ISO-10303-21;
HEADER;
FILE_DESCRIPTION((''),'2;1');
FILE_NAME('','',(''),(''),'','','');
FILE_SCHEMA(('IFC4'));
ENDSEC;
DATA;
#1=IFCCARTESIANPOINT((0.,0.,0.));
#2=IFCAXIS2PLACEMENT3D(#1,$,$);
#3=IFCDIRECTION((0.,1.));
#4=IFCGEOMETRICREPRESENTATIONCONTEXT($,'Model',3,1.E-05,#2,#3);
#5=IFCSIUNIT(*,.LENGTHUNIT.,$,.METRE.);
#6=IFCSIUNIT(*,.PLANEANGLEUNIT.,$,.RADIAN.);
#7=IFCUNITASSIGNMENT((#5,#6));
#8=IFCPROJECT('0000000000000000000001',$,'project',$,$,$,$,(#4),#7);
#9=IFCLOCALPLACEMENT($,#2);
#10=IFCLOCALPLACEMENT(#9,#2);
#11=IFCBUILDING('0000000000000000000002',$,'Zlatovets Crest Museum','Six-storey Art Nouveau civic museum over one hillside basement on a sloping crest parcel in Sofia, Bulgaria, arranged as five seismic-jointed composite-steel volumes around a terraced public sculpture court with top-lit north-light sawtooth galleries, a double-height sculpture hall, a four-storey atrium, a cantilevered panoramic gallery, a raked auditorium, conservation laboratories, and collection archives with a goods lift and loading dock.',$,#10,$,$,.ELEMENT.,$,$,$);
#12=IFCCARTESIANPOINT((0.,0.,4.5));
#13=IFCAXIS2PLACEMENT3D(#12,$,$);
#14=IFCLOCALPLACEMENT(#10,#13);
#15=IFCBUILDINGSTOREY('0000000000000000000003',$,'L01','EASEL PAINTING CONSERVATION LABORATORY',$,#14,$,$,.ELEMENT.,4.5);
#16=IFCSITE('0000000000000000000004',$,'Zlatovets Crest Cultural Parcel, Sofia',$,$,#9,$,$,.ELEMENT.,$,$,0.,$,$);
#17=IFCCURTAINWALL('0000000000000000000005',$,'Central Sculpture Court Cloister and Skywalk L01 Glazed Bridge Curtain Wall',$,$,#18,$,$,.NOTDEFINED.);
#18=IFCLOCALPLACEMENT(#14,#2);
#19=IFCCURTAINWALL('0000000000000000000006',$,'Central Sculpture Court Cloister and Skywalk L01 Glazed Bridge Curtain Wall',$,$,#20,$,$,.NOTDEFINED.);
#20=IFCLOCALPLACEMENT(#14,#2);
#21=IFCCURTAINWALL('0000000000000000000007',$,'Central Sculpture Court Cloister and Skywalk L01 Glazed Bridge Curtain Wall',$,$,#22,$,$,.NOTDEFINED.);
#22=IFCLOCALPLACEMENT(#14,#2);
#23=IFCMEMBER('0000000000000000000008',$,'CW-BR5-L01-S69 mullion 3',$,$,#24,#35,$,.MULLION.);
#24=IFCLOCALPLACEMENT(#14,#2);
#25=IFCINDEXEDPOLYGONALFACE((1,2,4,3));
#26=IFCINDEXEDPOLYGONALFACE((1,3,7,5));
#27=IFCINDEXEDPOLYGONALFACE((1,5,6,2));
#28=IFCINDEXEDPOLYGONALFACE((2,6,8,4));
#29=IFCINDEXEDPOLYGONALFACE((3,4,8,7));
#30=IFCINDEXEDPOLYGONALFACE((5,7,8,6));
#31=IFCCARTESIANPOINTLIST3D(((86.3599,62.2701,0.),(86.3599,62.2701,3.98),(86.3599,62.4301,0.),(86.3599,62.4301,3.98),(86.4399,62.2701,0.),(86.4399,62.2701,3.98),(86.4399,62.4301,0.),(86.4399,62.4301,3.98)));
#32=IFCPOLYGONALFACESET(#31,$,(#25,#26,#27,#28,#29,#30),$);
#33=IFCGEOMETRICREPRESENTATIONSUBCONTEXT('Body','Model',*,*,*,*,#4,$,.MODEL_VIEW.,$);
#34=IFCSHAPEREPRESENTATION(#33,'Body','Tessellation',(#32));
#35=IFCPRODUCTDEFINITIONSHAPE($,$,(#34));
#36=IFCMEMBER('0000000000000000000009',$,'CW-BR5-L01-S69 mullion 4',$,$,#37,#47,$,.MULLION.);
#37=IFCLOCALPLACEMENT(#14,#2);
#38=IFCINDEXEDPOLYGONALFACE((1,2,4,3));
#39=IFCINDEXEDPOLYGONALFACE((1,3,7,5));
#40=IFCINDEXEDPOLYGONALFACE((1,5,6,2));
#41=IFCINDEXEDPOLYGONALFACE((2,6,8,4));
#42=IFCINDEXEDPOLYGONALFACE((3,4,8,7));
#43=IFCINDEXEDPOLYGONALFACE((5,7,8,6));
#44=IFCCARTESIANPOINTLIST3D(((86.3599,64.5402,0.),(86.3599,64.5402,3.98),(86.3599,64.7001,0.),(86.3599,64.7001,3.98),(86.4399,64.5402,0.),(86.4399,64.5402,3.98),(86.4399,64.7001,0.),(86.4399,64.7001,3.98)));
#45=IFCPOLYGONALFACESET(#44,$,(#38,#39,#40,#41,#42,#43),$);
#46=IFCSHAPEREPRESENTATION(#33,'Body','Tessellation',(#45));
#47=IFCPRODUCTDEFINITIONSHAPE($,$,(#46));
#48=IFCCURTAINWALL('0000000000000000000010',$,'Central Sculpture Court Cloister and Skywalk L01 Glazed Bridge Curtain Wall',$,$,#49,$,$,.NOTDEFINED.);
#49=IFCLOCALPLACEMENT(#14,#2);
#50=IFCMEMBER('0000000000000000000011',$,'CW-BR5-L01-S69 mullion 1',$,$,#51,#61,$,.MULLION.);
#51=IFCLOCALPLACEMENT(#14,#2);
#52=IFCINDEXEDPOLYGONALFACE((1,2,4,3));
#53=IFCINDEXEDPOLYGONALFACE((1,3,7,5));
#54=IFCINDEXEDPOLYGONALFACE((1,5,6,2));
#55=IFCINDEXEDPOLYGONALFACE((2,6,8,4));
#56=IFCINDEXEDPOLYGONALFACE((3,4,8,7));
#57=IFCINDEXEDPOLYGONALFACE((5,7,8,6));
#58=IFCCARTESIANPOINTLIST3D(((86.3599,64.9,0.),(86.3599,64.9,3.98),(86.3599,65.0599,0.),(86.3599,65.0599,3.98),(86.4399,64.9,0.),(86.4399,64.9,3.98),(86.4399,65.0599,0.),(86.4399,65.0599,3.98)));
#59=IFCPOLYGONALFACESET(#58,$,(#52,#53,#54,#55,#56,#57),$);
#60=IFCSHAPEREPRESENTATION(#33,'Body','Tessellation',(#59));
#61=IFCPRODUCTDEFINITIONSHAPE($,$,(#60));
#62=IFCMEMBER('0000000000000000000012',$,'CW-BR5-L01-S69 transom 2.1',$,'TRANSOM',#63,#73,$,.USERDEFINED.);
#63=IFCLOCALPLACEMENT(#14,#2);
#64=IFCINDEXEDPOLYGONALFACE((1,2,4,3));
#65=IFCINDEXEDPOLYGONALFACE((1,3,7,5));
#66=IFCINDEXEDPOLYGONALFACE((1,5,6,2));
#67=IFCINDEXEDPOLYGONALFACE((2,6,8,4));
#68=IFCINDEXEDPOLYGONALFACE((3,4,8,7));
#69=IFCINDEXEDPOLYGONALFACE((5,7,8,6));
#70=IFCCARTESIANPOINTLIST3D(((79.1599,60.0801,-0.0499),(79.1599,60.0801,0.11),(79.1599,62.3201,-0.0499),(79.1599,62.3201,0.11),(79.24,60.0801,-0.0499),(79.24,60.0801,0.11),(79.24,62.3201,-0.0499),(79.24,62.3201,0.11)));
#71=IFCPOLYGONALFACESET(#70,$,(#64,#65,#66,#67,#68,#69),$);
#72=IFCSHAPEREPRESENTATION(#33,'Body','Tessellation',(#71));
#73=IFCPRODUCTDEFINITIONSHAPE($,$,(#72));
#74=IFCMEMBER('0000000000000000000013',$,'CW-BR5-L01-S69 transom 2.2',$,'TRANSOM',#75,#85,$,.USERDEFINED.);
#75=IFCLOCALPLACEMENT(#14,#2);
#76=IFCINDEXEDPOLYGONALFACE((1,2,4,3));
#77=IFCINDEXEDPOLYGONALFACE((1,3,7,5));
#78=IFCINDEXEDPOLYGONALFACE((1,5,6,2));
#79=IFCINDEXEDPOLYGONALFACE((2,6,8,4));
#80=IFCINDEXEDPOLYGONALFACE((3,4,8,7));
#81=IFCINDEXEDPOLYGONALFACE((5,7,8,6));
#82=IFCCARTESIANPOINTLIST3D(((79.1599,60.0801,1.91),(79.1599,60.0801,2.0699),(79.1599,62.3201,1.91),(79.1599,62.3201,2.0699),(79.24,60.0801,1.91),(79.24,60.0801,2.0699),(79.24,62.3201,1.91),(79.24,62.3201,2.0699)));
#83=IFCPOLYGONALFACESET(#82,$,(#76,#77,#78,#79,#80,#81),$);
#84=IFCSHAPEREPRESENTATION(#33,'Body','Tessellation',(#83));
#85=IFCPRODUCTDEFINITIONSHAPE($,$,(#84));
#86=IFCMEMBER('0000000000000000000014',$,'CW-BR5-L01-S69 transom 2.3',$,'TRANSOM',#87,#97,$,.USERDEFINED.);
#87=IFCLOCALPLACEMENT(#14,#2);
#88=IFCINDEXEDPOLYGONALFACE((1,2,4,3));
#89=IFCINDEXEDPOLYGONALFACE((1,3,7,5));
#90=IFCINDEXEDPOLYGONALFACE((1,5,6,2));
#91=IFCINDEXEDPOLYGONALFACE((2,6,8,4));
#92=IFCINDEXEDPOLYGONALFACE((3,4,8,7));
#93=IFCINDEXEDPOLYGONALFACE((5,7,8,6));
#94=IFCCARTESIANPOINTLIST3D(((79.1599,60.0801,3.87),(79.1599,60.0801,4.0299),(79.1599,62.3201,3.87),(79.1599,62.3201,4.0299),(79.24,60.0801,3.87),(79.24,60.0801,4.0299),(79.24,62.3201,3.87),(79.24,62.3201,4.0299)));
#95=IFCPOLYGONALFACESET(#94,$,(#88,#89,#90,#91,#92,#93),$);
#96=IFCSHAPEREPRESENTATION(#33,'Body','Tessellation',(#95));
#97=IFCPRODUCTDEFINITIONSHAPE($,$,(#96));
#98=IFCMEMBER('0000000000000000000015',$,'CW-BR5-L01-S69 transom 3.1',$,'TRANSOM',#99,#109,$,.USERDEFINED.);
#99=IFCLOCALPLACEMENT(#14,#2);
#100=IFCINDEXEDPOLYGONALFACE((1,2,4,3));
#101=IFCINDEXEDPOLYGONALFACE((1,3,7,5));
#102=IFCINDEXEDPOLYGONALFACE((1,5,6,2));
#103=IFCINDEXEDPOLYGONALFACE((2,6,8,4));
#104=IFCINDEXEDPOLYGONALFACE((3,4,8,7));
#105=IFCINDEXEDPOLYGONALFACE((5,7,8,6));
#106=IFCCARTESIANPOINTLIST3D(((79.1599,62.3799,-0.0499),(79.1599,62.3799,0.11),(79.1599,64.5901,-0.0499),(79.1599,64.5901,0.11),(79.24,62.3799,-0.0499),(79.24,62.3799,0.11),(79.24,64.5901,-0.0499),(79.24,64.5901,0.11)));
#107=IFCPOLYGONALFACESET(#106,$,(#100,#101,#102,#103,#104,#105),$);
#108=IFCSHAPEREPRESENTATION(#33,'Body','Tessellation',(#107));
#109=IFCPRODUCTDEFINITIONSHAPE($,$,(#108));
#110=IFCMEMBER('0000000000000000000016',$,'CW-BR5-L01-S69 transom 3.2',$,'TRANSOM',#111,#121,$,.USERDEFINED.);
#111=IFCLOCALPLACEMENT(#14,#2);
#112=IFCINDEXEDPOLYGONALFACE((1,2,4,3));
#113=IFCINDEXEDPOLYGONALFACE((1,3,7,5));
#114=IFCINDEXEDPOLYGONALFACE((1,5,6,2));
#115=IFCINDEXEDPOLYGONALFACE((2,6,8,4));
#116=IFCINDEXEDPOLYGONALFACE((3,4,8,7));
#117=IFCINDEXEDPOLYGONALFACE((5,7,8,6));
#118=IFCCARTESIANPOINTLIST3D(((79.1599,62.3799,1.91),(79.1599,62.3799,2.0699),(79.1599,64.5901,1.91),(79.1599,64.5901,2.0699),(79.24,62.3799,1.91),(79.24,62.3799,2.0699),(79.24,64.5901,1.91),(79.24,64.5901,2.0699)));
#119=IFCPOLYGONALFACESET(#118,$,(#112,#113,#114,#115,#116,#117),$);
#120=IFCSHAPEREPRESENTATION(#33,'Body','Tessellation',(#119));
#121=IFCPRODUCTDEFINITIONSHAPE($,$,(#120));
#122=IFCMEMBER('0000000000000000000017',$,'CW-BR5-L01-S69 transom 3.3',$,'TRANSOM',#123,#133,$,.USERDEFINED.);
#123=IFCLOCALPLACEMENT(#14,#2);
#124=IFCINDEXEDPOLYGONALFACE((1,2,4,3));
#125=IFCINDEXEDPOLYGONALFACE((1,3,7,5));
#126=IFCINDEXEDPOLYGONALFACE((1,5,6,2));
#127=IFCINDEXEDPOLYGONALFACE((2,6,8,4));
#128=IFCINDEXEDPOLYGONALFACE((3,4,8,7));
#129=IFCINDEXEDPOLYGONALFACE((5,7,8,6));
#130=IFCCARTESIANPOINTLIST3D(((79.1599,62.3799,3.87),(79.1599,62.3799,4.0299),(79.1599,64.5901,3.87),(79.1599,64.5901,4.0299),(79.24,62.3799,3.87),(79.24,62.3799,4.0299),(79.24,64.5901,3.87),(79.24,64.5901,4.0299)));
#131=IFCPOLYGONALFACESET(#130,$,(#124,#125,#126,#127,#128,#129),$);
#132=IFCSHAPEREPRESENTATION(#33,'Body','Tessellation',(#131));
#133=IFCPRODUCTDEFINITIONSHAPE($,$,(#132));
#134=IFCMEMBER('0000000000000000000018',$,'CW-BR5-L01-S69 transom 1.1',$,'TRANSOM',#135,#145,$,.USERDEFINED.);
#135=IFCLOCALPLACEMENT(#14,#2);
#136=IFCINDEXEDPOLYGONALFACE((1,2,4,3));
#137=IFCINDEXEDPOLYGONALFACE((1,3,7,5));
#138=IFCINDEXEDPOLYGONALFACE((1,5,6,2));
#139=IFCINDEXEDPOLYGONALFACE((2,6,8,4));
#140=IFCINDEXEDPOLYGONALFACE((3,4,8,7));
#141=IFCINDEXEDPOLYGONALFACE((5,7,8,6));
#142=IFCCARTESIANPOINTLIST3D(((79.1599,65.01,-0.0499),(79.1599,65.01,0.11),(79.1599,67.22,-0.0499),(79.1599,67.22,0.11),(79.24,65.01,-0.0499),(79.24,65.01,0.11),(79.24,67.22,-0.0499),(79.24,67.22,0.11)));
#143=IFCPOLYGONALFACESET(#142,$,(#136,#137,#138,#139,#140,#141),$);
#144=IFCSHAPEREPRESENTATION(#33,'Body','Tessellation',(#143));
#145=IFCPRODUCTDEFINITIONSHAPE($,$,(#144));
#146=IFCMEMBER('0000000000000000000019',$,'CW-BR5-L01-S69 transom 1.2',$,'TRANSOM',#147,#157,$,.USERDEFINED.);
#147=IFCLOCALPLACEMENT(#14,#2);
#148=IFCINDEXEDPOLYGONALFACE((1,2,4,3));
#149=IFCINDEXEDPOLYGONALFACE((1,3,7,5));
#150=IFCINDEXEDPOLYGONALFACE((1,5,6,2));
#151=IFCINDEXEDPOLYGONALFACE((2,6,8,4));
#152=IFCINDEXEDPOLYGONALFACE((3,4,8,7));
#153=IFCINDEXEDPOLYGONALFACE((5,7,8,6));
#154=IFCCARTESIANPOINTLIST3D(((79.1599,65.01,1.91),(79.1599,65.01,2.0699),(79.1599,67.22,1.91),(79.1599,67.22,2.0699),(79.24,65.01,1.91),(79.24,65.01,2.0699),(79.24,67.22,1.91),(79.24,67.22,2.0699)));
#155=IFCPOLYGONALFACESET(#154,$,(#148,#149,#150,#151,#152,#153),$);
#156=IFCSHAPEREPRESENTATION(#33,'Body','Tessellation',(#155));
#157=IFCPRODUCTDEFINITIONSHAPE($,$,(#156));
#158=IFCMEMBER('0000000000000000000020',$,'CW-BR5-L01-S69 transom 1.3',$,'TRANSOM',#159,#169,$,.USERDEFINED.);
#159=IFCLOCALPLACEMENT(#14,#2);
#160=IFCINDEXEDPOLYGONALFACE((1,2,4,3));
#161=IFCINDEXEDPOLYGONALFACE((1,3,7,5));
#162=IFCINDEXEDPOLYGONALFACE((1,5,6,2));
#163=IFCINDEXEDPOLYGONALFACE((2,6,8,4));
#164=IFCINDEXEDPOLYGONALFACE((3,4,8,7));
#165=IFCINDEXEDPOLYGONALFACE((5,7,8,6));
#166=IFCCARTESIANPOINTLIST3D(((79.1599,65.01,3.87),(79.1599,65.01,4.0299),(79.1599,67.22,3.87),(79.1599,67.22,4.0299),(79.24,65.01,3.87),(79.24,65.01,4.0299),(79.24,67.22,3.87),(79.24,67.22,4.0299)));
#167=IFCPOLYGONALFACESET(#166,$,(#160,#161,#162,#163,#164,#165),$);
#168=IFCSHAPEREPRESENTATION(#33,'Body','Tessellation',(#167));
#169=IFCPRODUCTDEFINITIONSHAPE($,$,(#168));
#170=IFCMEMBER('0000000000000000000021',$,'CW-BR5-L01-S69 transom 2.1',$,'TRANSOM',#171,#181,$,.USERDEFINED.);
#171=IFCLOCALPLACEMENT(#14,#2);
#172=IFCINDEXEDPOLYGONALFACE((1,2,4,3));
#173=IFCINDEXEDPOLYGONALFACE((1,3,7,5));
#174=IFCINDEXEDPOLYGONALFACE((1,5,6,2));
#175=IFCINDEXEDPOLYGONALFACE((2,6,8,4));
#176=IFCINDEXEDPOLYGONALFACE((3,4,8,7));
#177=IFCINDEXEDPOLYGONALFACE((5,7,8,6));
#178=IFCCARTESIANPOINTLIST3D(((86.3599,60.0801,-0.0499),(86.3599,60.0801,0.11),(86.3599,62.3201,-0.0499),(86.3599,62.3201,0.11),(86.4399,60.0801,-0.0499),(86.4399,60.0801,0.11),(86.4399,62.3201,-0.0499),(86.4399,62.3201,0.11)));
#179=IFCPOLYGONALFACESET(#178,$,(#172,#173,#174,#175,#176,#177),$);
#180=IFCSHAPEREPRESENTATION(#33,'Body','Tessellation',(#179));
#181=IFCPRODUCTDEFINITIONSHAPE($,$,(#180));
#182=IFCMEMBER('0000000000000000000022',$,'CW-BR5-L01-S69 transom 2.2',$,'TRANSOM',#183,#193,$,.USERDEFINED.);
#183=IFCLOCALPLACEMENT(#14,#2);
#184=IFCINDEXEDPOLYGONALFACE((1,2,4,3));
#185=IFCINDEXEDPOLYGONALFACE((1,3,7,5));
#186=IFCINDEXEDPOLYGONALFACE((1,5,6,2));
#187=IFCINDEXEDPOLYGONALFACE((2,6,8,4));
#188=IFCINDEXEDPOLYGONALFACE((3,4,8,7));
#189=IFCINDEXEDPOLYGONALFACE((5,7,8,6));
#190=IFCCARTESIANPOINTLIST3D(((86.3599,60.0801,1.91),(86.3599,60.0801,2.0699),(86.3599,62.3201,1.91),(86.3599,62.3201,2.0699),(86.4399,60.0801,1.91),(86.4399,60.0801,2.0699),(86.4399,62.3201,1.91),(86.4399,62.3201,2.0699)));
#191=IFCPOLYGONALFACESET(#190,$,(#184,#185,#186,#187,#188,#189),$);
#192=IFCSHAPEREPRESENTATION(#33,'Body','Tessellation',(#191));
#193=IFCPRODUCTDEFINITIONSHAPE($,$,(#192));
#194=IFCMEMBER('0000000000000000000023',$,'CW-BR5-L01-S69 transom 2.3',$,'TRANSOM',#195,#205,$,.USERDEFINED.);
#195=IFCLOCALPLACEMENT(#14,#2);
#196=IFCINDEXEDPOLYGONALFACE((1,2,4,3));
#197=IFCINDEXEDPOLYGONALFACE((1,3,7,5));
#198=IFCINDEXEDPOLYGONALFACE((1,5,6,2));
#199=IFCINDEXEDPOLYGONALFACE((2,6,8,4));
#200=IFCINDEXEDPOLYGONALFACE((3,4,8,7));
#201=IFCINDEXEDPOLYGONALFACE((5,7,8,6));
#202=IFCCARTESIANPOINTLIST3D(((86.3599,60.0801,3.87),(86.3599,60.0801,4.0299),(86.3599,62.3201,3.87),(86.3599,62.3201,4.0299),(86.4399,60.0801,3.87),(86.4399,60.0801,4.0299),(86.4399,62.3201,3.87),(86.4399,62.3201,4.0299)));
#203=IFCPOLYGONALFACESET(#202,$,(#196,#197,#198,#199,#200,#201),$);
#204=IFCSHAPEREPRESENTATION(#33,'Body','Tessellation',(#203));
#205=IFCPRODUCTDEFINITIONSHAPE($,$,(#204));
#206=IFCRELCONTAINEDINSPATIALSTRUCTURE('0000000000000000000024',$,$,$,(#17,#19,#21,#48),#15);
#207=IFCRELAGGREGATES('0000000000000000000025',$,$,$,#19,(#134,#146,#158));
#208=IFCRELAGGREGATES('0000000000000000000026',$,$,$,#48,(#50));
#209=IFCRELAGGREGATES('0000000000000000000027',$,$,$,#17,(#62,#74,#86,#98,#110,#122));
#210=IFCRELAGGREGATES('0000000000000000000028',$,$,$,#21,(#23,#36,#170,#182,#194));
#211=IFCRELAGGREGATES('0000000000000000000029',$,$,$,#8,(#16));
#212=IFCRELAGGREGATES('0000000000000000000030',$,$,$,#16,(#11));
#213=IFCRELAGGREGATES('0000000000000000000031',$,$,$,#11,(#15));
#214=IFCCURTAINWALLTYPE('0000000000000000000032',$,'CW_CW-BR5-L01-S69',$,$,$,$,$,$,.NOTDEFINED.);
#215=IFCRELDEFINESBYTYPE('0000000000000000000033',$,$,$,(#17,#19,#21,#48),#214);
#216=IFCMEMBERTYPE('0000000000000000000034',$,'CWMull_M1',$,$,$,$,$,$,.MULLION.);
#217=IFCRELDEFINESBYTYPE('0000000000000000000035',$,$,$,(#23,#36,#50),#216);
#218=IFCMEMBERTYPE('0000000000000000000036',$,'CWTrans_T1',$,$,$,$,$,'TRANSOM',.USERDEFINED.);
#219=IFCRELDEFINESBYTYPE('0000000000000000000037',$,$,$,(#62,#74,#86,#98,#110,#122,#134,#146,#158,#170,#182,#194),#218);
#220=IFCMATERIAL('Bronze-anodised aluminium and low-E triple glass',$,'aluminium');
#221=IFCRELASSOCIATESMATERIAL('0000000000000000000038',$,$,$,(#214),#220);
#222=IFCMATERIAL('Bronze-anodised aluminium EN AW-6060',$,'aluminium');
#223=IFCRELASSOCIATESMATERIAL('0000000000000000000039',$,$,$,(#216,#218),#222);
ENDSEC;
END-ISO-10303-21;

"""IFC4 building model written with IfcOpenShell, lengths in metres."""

from ifc_helpers import new_model, si_unit, direction, frame, origin, origin_2d, place, context, subcontext, project, spatial, rectangle, extrude, material, material_profile, profile_set, type_object, element, aggregate, save


model = new_model("IFC4")

# Units and contexts
model_context = context("Model", 3, precision=1e-05, world=origin(), true_north=direction((0.0, 1.0)))
body_context = subcontext(model_context, "Body", "Model", "MODEL_VIEW")
ifc_project = project(units=[si_unit("LENGTHUNIT", "METRE"), si_unit("PLANEANGLEUNIT", "RADIAN")], contexts=[model_context])

# Site, building, storey
site_placement = place(None, origin())
site = spatial("IfcSite", under=ifc_project, at=site_placement, Name="Zlatovets Crest Cultural Parcel, Sofia", CompositionType="ELEMENT", RefElevation=0.0)
building_placement = place(site_placement, origin())
building = spatial("IfcBuilding", under=site, at=building_placement, Name="Zlatovets Crest Museum", Description="Six-storey Art Nouveau civic museum over one hillside basement on a sloping crest parcel in Sofia, Bulgaria, arranged as five seismic-jointed composite-steel volumes around a terraced public sculpture court with top-lit north-light sawtooth galleries, a double-height sculpture hall, a four-storey atrium, a cantilevered panoramic gallery, a raked auditorium, conservation laboratories, and collection archives with a goods lift and loading dock.", CompositionType="ELEMENT")
storey_placement = place(building_placement, frame((0.0, 0.0, 4.5)))
storey = spatial("IfcBuildingStorey", under=building, at=storey_placement, Name="L01", Description="EASEL PAINTING CONSERVATION LABORATORY", CompositionType="ELEMENT", Elevation=4.5)

# Curtain wall
ifc_material_1 = material(Name="Bronze-anodised aluminium and low-E triple glass", Category="aluminium")
curtain_wall_type = type_object("IfcCurtainWallType", Name="CW_CW-BR5-L01-S69", PredefinedType="NOTDEFINED", material=ifc_material_1)
curtain_wall_1_placement = place(storey_placement, origin())
curtain_wall_1 = element("IfcCurtainWall", 1, at=curtain_wall_1_placement, inside=storey, type_object=curtain_wall_type, Name="Central Sculpture Court Cloister and Skywalk L01 Glazed Bridge Curtain Wall", PredefinedType="NOTDEFINED")
ifc_material_2 = material(Name="Bronze-anodised aluminium EN AW-6060", Category="aluminium")
ifc_material_profile_1 = material_profile(ifc_material_2, rectangle(XDim=0.0801, YDim=0.1599, at=origin_2d()), Name="ALU 80x160")
ifc_profile_set_1 = profile_set([ifc_material_profile_1], Name="Bronze-anodised aluminium EN AW-6060")
member_type_1 = type_object("IfcMemberType", Name="CWMull_M1", PredefinedType="MULLION", material=ifc_profile_set_1)

# Curtain wall
curtain_wall_2_placement = place(storey_placement, origin())
curtain_wall_2 = element("IfcCurtainWall", 2, at=curtain_wall_2_placement, inside=storey, type_object=curtain_wall_type, Name="Central Sculpture Court Cloister and Skywalk L01 Glazed Bridge Curtain Wall", PredefinedType="NOTDEFINED")

# Curtain wall, members
curtain_wall_3_placement = place(storey_placement, origin())
curtain_wall_3 = element("IfcCurtainWall", 3, at=curtain_wall_3_placement, inside=storey, type_object=curtain_wall_type, Name="Central Sculpture Court Cloister and Skywalk L01 Glazed Bridge Curtain Wall", PredefinedType="NOTDEFINED")
member_1_placement = place(storey_placement, frame((86.3999, 62.3501, 0.0), z_axis=(0.0, 0.0, 1.0), x_axis=(-1.0, 0.0, 0.0)))
member_1 = element("IfcMember", 4, at=member_1_placement, type_object=member_type_1, Name="CW-BR5-L01-S69 mullion 3", PredefinedType="MULLION", context=body_context, shape_type="SweptSolid", body=[
    extrude(rectangle(XDim=0.0801, YDim=0.1599, at=origin_2d()), origin(), (0.0, 0.0, 1.0), 3.98),
])
member_2_placement = place(storey_placement, frame((86.3999, 64.6201, 0.0), z_axis=(0.0, 0.0, 1.0), x_axis=(-1.0, 0.0, 0.0)))
member_2 = element("IfcMember", 5, at=member_2_placement, type_object=member_type_1, Name="CW-BR5-L01-S69 mullion 4", PredefinedType="MULLION", context=body_context, shape_type="SweptSolid", body=[
    extrude(rectangle(XDim=0.0801, YDim=0.1599, at=origin_2d()), origin(), (0.0, 0.0, 1.0), 3.98),
])

# Curtain wall, member
curtain_wall_4_placement = place(storey_placement, origin())
curtain_wall_4 = element("IfcCurtainWall", 6, at=curtain_wall_4_placement, inside=storey, type_object=curtain_wall_type, Name="Central Sculpture Court Cloister and Skywalk L01 Glazed Bridge Curtain Wall", PredefinedType="NOTDEFINED")
member_3_placement = place(storey_placement, frame((86.3999, 64.98, 0.0), z_axis=(0.0, 0.0, 1.0), x_axis=(-1.0, 0.0, 0.0)))
member_3 = element("IfcMember", 7, at=member_3_placement, type_object=member_type_1, Name="CW-BR5-L01-S69 mullion 1", PredefinedType="MULLION", context=body_context, shape_type="SweptSolid", body=[
    extrude(rectangle(XDim=0.0801, YDim=0.1599, at=origin_2d()), origin(), (0.0, 0.0, 1.0), 3.98),
])

# Members
ifc_material_profile_2 = material_profile(ifc_material_2, rectangle(XDim=0.0801, YDim=0.1599, at=origin_2d()), Name="ALU 80x160")
ifc_profile_set_2 = profile_set([ifc_material_profile_2], Name="Bronze-anodised aluminium EN AW-6060")
member_type_2 = type_object("IfcMemberType", Name="CWTrans_T1", ElementType="TRANSOM", PredefinedType="USERDEFINED", material=ifc_profile_set_2)
member_4_placement = place(storey_placement, frame((79.2, 60.0801, 0.03), z_axis=(0.0, 1.0, 0.0), x_axis=(-1.0, 0.0, 0.0)))
member_4 = element("IfcMember", 8, at=member_4_placement, type_object=member_type_2, Name="CW-BR5-L01-S69 transom 2.1", ObjectType="TRANSOM", PredefinedType="USERDEFINED", context=body_context, shape_type="SweptSolid", body=[
    extrude(rectangle(XDim=0.0801, YDim=0.1599, at=origin_2d()), origin(), (0.0, 0.0, 1.0), 2.24),
])
member_5_placement = place(storey_placement, frame((79.2, 60.0801, 1.99), z_axis=(0.0, 1.0, 0.0), x_axis=(-1.0, 0.0, 0.0)))
member_5 = element("IfcMember", 9, at=member_5_placement, type_object=member_type_2, Name="CW-BR5-L01-S69 transom 2.2", ObjectType="TRANSOM", PredefinedType="USERDEFINED", context=body_context, shape_type="SweptSolid", body=[
    extrude(rectangle(XDim=0.0801, YDim=0.1599, at=origin_2d()), origin(), (0.0, 0.0, 1.0), 2.24),
])
member_6_placement = place(storey_placement, frame((79.2, 60.0801, 3.95), z_axis=(0.0, 1.0, 0.0), x_axis=(-1.0, 0.0, 0.0)))
member_6 = element("IfcMember", 10, at=member_6_placement, type_object=member_type_2, Name="CW-BR5-L01-S69 transom 2.3", ObjectType="TRANSOM", PredefinedType="USERDEFINED", context=body_context, shape_type="SweptSolid", body=[
    extrude(rectangle(XDim=0.0801, YDim=0.1599, at=origin_2d()), origin(), (0.0, 0.0, 1.0), 2.24),
])
member_7_placement = place(storey_placement, frame((79.2, 62.3799, 0.03), z_axis=(0.0, 1.0, 0.0), x_axis=(-1.0, 0.0, 0.0)))
member_7 = element("IfcMember", 11, at=member_7_placement, type_object=member_type_2, Name="CW-BR5-L01-S69 transom 3.1", ObjectType="TRANSOM", PredefinedType="USERDEFINED", context=body_context, shape_type="SweptSolid", body=[
    extrude(rectangle(XDim=0.0801, YDim=0.1599, at=origin_2d()), origin(), (0.0, 0.0, 1.0), 2.2102),
])
member_8_placement = place(storey_placement, frame((79.2, 62.3799, 1.99), z_axis=(0.0, 1.0, 0.0), x_axis=(-1.0, 0.0, 0.0)))
member_8 = element("IfcMember", 12, at=member_8_placement, type_object=member_type_2, Name="CW-BR5-L01-S69 transom 3.2", ObjectType="TRANSOM", PredefinedType="USERDEFINED", context=body_context, shape_type="SweptSolid", body=[
    extrude(rectangle(XDim=0.0801, YDim=0.1599, at=origin_2d()), origin(), (0.0, 0.0, 1.0), 2.2102),
])
member_9_placement = place(storey_placement, frame((79.2, 62.3799, 3.95), z_axis=(0.0, 1.0, 0.0), x_axis=(-1.0, 0.0, 0.0)))
member_9 = element("IfcMember", 13, at=member_9_placement, type_object=member_type_2, Name="CW-BR5-L01-S69 transom 3.3", ObjectType="TRANSOM", PredefinedType="USERDEFINED", context=body_context, shape_type="SweptSolid", body=[
    extrude(rectangle(XDim=0.0801, YDim=0.1599, at=origin_2d()), origin(), (0.0, 0.0, 1.0), 2.2102),
])
member_10_placement = place(storey_placement, frame((79.2, 65.01, 0.03), z_axis=(0.0, 1.0, 0.0), x_axis=(-1.0, 0.0, 0.0)))
member_10 = element("IfcMember", 14, at=member_10_placement, type_object=member_type_2, Name="CW-BR5-L01-S69 transom 1.1", ObjectType="TRANSOM", PredefinedType="USERDEFINED", context=body_context, shape_type="SweptSolid", body=[
    extrude(rectangle(XDim=0.0801, YDim=0.1599, at=origin_2d()), origin(), (0.0, 0.0, 1.0), 2.21),
])
member_11_placement = place(storey_placement, frame((79.2, 65.01, 1.99), z_axis=(0.0, 1.0, 0.0), x_axis=(-1.0, 0.0, 0.0)))
member_11 = element("IfcMember", 15, at=member_11_placement, type_object=member_type_2, Name="CW-BR5-L01-S69 transom 1.2", ObjectType="TRANSOM", PredefinedType="USERDEFINED", context=body_context, shape_type="SweptSolid", body=[
    extrude(rectangle(XDim=0.0801, YDim=0.1599, at=origin_2d()), origin(), (0.0, 0.0, 1.0), 2.21),
])
member_12_placement = place(storey_placement, frame((79.2, 65.01, 3.95), z_axis=(0.0, 1.0, 0.0), x_axis=(-1.0, 0.0, 0.0)))
member_12 = element("IfcMember", 16, at=member_12_placement, type_object=member_type_2, Name="CW-BR5-L01-S69 transom 1.3", ObjectType="TRANSOM", PredefinedType="USERDEFINED", context=body_context, shape_type="SweptSolid", body=[
    extrude(rectangle(XDim=0.0801, YDim=0.1599, at=origin_2d()), origin(), (0.0, 0.0, 1.0), 2.21),
])
aggregate(curtain_wall_2, [member_10, member_11, member_12])
member_13_placement = place(storey_placement, frame((86.3999, 60.0801, 0.03), z_axis=(0.0, 1.0, 0.0), x_axis=(-1.0, 0.0, 0.0)))
member_13 = element("IfcMember", 17, at=member_13_placement, type_object=member_type_2, Name="CW-BR5-L01-S69 transom 2.1", ObjectType="TRANSOM", PredefinedType="USERDEFINED", context=body_context, shape_type="SweptSolid", body=[
    extrude(rectangle(XDim=0.0801, YDim=0.1599, at=origin_2d()), origin(), (0.0, 0.0, 1.0), 2.24),
])
member_14_placement = place(storey_placement, frame((86.3999, 60.0801, 1.99), z_axis=(0.0, 1.0, 0.0), x_axis=(-1.0, 0.0, 0.0)))
member_14 = element("IfcMember", 18, at=member_14_placement, type_object=member_type_2, Name="CW-BR5-L01-S69 transom 2.2", ObjectType="TRANSOM", PredefinedType="USERDEFINED", context=body_context, shape_type="SweptSolid", body=[
    extrude(rectangle(XDim=0.0801, YDim=0.1599, at=origin_2d()), origin(), (0.0, 0.0, 1.0), 2.24),
])
member_15_placement = place(storey_placement, frame((86.3999, 60.0801, 3.95), z_axis=(0.0, 1.0, 0.0), x_axis=(-1.0, 0.0, 0.0)))
member_15 = element("IfcMember", 19, at=member_15_placement, type_object=member_type_2, Name="CW-BR5-L01-S69 transom 2.3", ObjectType="TRANSOM", PredefinedType="USERDEFINED", context=body_context, shape_type="SweptSolid", body=[
    extrude(rectangle(XDim=0.0801, YDim=0.1599, at=origin_2d()), origin(), (0.0, 0.0, 1.0), 2.24),
])
aggregate(curtain_wall_4, [member_3])

aggregate(curtain_wall_1, [member_4, member_5, member_6, member_7, member_8, member_9])
aggregate(curtain_wall_3, [member_1, member_2, member_13, member_14, member_15])

save(model, "model.ifc")
